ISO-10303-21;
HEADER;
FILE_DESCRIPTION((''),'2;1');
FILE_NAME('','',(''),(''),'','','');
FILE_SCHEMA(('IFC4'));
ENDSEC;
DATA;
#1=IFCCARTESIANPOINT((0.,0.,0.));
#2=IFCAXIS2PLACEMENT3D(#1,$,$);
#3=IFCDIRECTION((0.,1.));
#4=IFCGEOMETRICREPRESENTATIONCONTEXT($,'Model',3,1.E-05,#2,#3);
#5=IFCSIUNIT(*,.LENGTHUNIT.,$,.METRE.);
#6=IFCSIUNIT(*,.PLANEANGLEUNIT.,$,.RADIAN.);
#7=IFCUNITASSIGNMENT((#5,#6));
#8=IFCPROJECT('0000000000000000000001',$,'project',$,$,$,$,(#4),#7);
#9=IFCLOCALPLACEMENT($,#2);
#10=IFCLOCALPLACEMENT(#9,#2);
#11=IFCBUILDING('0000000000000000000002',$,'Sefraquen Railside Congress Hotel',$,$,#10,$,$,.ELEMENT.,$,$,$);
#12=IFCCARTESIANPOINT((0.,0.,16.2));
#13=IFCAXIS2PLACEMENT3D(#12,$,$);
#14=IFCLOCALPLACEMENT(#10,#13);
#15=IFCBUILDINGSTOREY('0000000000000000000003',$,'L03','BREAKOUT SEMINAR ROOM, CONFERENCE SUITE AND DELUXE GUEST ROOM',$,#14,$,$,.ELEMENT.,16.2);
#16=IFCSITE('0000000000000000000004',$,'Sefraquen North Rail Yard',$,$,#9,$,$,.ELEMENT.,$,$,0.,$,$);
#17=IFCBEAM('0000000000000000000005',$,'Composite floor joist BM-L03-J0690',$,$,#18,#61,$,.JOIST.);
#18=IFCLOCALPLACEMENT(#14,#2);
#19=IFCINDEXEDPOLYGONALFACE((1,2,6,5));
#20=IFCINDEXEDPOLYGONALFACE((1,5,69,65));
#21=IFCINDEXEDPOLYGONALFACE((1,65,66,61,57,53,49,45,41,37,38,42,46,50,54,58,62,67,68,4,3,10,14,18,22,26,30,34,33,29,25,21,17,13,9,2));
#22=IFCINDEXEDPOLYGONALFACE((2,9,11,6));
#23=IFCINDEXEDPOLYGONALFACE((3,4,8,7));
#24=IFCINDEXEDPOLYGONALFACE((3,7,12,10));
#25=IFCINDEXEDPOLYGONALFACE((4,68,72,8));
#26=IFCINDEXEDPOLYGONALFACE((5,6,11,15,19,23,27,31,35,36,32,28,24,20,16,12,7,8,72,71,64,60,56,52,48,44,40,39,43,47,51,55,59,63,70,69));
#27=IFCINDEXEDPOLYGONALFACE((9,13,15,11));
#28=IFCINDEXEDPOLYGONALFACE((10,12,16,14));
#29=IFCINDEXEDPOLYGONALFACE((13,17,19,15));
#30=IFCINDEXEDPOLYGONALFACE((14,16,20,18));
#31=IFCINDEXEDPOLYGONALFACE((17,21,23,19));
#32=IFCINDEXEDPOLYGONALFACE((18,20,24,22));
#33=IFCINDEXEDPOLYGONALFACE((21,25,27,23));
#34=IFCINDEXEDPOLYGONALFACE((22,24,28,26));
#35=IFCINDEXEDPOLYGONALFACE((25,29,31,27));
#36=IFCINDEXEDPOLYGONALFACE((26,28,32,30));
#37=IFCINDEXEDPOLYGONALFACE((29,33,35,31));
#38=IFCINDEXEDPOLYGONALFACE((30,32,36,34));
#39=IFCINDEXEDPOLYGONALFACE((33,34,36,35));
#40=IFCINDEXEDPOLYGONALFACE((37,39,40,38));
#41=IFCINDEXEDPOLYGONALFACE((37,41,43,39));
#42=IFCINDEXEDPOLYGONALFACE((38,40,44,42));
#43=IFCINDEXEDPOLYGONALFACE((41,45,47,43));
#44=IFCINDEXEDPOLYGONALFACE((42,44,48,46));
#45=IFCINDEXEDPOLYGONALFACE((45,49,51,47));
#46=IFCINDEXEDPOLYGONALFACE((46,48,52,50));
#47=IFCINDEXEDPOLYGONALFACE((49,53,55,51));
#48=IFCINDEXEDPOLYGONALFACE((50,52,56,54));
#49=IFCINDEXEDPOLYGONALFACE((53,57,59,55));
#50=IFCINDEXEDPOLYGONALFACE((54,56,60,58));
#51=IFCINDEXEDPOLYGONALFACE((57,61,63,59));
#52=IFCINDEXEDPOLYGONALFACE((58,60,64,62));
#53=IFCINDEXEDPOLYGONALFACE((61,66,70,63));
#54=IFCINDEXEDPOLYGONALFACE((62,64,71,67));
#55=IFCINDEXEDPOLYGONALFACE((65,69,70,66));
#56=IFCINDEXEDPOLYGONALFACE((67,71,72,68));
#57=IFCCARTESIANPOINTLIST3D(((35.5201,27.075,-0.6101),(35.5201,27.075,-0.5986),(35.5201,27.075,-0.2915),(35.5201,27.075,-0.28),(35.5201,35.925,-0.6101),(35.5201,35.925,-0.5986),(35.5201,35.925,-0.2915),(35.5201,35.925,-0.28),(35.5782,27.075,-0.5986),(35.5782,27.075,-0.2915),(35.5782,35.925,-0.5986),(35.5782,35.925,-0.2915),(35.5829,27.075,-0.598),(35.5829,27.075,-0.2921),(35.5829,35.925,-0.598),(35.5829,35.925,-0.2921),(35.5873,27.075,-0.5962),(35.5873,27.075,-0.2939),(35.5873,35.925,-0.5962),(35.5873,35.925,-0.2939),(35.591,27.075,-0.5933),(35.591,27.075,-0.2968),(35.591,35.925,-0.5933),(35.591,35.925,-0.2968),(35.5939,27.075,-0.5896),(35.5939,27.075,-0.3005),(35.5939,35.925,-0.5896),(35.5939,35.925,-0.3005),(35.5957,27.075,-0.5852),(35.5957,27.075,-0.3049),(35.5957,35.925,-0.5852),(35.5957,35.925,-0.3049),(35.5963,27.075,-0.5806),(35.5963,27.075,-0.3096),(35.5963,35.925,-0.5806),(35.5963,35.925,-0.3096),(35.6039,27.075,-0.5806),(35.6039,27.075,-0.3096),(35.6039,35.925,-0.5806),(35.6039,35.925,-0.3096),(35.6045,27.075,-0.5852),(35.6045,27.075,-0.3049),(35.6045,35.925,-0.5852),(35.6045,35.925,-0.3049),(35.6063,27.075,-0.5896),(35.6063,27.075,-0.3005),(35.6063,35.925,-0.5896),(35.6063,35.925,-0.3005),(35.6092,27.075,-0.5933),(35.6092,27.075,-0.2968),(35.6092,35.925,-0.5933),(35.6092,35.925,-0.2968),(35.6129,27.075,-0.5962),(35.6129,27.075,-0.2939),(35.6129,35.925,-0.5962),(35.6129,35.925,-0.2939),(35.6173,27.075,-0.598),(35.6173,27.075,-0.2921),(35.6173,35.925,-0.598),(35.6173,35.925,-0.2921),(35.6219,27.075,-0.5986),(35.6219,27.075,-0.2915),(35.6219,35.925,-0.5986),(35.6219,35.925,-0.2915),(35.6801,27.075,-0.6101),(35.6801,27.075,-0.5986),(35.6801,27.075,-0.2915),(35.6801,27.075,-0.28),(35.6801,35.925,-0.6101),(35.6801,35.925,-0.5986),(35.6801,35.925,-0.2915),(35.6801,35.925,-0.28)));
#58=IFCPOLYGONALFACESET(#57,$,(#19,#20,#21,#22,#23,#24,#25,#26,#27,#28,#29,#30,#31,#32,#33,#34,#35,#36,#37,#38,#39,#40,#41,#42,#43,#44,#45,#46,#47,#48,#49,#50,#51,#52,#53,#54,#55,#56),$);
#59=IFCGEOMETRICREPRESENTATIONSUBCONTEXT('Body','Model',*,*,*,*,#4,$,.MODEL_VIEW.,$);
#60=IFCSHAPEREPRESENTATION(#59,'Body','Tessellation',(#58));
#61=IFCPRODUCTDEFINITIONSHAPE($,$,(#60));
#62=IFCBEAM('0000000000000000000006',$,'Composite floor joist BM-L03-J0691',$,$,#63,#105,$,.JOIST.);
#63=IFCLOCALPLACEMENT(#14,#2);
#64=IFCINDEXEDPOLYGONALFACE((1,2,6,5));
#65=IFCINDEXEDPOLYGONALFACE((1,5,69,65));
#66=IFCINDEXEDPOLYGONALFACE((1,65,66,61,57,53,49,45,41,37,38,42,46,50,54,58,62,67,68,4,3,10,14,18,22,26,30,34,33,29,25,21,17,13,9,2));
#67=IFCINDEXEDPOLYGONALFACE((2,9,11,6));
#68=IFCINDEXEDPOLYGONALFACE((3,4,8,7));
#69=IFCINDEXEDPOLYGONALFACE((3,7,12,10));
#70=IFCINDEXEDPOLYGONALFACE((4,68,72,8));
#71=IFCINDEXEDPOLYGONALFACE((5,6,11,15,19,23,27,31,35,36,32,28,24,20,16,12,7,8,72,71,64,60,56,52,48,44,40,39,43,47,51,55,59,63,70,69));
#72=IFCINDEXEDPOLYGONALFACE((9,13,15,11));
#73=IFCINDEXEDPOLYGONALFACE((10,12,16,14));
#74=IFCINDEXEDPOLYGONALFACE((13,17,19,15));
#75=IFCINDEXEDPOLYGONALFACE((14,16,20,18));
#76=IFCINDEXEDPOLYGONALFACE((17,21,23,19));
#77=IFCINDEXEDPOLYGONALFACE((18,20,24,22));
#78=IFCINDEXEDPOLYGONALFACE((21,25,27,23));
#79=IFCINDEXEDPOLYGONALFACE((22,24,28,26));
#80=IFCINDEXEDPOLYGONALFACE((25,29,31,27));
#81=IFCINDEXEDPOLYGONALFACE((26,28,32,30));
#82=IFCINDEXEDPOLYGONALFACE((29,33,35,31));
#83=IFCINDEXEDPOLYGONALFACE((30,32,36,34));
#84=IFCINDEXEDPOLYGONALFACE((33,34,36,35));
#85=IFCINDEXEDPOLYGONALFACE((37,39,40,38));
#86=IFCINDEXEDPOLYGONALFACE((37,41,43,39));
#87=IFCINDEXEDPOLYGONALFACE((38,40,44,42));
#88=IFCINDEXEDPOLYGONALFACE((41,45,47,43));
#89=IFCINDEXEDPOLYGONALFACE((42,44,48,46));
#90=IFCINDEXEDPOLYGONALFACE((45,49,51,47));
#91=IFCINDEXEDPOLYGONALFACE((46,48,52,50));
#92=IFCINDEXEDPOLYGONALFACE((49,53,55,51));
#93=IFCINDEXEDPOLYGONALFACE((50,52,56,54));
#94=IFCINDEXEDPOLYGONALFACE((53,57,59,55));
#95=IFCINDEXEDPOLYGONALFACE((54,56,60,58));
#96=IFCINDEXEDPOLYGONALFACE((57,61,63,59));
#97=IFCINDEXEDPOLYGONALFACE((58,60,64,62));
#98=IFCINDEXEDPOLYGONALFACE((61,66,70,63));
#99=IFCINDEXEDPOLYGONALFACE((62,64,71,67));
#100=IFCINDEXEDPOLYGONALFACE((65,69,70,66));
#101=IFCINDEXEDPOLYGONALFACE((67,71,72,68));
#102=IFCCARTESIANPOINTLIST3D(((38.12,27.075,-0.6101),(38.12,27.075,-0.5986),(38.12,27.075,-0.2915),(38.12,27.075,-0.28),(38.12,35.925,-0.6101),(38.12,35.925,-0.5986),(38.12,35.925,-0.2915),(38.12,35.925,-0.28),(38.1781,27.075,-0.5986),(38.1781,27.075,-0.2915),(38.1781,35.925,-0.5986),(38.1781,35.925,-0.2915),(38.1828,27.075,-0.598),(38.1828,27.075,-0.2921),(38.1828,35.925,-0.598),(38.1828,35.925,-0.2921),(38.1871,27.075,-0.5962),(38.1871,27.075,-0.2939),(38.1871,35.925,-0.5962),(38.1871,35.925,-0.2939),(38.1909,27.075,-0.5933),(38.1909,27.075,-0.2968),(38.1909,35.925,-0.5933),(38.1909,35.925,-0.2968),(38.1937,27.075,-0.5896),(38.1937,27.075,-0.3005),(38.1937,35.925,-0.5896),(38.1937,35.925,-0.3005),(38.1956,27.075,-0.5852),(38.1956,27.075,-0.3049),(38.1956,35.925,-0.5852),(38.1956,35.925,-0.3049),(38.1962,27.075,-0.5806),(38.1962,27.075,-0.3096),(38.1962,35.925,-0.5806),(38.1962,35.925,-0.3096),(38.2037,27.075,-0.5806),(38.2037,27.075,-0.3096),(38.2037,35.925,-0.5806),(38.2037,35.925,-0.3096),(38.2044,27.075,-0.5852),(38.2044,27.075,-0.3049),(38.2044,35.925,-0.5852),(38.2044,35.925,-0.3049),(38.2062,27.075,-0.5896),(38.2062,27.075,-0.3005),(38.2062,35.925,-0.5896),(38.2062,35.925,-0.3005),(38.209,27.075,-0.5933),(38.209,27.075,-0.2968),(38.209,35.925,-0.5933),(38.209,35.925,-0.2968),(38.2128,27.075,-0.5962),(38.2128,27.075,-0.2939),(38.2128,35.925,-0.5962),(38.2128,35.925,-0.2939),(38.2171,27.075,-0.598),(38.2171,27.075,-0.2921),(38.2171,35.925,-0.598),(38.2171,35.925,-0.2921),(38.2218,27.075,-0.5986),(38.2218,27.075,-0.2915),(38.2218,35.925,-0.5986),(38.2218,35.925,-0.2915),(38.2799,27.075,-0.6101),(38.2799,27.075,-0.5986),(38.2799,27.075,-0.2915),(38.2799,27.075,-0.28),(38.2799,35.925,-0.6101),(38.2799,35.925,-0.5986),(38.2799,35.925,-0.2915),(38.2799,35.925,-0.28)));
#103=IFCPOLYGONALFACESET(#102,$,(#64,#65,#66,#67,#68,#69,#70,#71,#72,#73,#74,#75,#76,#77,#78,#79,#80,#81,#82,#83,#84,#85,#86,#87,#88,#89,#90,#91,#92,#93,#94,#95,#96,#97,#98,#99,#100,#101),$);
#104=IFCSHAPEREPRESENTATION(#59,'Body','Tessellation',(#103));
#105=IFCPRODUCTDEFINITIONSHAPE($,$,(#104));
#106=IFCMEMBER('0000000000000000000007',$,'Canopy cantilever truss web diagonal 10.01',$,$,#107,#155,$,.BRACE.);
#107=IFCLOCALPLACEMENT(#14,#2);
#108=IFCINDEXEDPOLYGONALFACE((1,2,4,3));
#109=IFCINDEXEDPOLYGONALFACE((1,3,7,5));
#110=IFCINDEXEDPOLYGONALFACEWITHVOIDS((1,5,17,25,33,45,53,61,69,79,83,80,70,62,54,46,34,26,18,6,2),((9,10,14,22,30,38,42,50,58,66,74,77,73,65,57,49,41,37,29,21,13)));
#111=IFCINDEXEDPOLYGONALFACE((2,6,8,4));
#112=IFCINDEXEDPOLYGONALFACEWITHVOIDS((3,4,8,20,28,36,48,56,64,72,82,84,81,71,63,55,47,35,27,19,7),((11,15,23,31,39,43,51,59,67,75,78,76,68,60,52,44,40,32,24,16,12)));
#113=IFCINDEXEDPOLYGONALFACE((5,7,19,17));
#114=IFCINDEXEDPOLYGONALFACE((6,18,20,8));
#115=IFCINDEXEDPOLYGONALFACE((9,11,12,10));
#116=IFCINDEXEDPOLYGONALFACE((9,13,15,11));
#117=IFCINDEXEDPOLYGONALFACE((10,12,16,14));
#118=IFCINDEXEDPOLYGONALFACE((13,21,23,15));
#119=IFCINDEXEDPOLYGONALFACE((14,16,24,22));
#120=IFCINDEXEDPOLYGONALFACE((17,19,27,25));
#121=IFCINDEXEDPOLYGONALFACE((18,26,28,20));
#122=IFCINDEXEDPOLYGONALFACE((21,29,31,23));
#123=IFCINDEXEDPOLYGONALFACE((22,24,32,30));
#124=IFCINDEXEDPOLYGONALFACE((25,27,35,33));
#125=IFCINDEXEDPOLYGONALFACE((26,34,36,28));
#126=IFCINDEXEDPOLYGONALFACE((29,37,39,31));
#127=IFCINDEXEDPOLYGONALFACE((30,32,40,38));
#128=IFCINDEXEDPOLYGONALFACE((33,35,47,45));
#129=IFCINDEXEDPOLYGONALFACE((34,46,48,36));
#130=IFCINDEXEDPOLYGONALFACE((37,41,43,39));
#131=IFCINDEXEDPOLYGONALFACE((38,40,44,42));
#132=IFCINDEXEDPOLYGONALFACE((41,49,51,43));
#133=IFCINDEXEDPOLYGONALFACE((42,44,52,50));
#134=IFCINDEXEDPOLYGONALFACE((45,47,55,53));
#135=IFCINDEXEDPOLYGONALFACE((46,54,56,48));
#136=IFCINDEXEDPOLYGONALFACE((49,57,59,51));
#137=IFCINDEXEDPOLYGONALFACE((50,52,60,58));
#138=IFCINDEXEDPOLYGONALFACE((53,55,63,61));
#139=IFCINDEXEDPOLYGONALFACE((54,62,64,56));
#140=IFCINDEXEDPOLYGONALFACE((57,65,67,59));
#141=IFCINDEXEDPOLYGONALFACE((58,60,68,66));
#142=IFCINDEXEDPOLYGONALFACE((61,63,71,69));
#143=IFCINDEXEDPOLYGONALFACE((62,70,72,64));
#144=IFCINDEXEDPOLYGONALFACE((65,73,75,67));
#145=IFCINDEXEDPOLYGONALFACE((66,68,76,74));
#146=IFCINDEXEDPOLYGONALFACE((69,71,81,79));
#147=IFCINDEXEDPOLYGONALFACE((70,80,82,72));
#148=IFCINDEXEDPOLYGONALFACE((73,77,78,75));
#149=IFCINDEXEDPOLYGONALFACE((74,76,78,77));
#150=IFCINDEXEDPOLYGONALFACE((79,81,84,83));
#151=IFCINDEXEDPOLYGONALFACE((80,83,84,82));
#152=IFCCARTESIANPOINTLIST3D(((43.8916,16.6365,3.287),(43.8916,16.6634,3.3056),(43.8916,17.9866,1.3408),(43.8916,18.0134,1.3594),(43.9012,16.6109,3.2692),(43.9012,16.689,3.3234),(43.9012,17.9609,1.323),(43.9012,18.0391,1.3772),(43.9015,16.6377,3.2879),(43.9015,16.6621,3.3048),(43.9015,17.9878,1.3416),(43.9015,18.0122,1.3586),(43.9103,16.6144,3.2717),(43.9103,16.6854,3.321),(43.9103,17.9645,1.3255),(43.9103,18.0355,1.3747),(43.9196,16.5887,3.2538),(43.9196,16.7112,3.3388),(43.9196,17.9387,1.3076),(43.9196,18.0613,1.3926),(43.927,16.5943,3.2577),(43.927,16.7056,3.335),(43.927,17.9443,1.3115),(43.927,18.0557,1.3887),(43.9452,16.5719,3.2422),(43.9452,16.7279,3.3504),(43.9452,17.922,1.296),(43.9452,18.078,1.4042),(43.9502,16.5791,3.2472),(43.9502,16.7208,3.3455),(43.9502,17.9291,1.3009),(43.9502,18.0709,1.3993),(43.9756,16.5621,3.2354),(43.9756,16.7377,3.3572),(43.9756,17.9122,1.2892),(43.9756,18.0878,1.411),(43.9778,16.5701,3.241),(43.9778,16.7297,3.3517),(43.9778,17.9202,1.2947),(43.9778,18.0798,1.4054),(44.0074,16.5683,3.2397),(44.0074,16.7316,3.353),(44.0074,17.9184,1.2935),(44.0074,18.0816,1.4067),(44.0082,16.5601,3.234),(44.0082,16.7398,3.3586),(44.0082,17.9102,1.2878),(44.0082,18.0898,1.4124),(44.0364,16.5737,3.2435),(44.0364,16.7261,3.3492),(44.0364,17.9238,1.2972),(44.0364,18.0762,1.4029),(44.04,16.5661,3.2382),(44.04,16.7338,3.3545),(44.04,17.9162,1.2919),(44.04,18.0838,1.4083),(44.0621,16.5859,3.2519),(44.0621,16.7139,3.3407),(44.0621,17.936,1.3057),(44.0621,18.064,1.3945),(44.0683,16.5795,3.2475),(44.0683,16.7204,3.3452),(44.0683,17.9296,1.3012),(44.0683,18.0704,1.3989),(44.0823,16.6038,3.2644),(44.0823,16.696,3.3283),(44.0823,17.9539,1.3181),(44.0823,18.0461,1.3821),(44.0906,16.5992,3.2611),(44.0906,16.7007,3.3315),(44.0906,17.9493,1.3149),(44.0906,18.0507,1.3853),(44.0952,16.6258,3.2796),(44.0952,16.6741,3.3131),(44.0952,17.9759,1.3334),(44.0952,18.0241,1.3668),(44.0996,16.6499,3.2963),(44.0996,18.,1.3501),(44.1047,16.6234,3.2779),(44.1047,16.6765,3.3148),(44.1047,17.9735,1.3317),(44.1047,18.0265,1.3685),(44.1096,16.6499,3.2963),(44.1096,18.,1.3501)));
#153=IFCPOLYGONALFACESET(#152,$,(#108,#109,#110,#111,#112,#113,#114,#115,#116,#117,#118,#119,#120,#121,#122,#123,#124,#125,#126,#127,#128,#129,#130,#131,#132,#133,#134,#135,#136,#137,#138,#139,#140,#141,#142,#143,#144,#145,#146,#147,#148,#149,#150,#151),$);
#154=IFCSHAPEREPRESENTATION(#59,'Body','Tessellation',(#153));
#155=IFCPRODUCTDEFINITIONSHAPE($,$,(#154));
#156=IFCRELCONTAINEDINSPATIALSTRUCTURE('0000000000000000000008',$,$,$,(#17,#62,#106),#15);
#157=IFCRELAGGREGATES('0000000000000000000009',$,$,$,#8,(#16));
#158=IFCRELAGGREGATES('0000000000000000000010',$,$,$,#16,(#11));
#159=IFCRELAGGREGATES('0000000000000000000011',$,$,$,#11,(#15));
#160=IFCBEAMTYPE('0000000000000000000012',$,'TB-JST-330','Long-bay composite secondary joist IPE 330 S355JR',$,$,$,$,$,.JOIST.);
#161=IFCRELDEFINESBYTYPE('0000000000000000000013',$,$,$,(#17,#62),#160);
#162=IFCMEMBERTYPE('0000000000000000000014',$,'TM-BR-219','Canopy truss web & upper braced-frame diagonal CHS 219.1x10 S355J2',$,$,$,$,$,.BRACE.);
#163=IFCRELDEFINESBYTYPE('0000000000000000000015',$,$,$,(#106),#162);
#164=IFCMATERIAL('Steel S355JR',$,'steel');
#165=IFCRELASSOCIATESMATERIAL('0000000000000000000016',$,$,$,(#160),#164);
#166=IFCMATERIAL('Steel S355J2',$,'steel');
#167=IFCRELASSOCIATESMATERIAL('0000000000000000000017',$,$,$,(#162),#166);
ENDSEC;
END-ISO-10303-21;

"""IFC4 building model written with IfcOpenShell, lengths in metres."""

from ifc_helpers import new_model, si_unit, direction, frame, origin, origin_2d, place, context, subcontext, project, spatial, hollow_circle, i_section, extrude, material, material_profile, profile_set, type_object, element, save


model = new_model("IFC4")

# Units and contexts
model_context = context("Model", 3, precision=1e-05, world=origin(), true_north=direction((0.0, 1.0)))
body_context = subcontext(model_context, "Body", "Model", "MODEL_VIEW")
ifc_project = project(units=[si_unit("LENGTHUNIT", "METRE"), si_unit("PLANEANGLEUNIT", "RADIAN")], contexts=[model_context])

# Site, building, storey
site_placement = place(None, origin())
site = spatial("IfcSite", under=ifc_project, at=site_placement, Name="Sefraquen North Rail Yard", CompositionType="ELEMENT", RefElevation=0.0)
building_placement = place(site_placement, origin())
building = spatial("IfcBuilding", under=site, at=building_placement, Name="Sefraquen Railside Congress Hotel", CompositionType="ELEMENT")
storey_placement = place(building_placement, frame((0.0, 0.0, 16.2)))
storey = spatial("IfcBuildingStorey", under=building, at=storey_placement, Name="L03", Description="BREAKOUT SEMINAR ROOM, CONFERENCE SUITE AND DELUXE GUEST ROOM", CompositionType="ELEMENT", Elevation=16.2)

# Shared definitions
ifc_material_1 = material(Name="Steel S355JR", Category="steel")

# Beams
ifc_material_2 = material(Name="Steel S355J2", Category="steel")
ifc_material_profile_1 = material_profile(ifc_material_1, i_section(OverallWidth=0.1599, OverallDepth=0.3301, WebThickness=0.0076, FlangeThickness=0.0115, FilletRadius=0.0181, at=origin_2d()), Name="IPE 330")
ifc_profile_set_1 = profile_set([ifc_material_profile_1], Name="Steel S355JR")
beam_type_1 = type_object("IfcBeamType", Name="TB-JST-330", Description="Long-bay composite secondary joist IPE 330 S355JR", PredefinedType="JOIST", material=ifc_profile_set_1)
for number, where, z_axis, x_axis, name in (
    (1, (35.6001, 27.075, -0.4451), (0.0, 1.0, 0.0), (-1.0, 0.0, 0.0), "Composite floor joist BM-L03-J0690"),
    (2, (38.2, 27.075, -0.4451), (0.0, 1.0, 0.0), (-1.0, 0.0, 0.0), "Composite floor joist BM-L03-J0691"),
):
    element("IfcBeam", number, at=place(storey_placement, frame(where, z_axis=z_axis, x_axis=x_axis)), inside=storey, type_object=beam_type_1, Name=name, PredefinedType="JOIST", context=body_context, shape_type="SweptSolid", body=[
        extrude(i_section(OverallWidth=0.1599, OverallDepth=0.3301, WebThickness=0.0076, FlangeThickness=0.0115, FilletRadius=0.0181, at=origin_2d()), origin(), (0.0, 0.0, 1.0), 8.8501),
    ])

# Member
ifc_material_profile_2 = material_profile(ifc_material_2, hollow_circle(Radius=0.1096, WallThickness=0.01, at=origin_2d()), Name="CHS 219.1x10")
ifc_profile_set_2 = profile_set([ifc_material_profile_2], Name="Steel S355J2")
member_type_1 = type_object("IfcMemberType", Name="TM-BR-219", Description="Canopy truss web & upper braced-frame diagonal CHS 219.1x10 S355J2", PredefinedType="BRACE", material=ifc_profile_set_2)
member_1_placement = place(storey_placement, frame((44.0, 18.0, 1.3501), z_axis=(0.0, -0.569971, 0.821665), x_axis=(1.0, 0.0, 0.0)))
element("IfcMember", 3, at=member_1_placement, inside=storey, type_object=member_type_1, Name="Canopy cantilever truss web diagonal 10.01", PredefinedType="BRACE", context=body_context, shape_type="SweptSolid", body=[
    extrude(hollow_circle(Radius=0.1096, WallThickness=0.01, at=origin_2d()), origin(), (0.0, 0.0, 1.0), 2.3687),
])

save(model, "model.ifc")
